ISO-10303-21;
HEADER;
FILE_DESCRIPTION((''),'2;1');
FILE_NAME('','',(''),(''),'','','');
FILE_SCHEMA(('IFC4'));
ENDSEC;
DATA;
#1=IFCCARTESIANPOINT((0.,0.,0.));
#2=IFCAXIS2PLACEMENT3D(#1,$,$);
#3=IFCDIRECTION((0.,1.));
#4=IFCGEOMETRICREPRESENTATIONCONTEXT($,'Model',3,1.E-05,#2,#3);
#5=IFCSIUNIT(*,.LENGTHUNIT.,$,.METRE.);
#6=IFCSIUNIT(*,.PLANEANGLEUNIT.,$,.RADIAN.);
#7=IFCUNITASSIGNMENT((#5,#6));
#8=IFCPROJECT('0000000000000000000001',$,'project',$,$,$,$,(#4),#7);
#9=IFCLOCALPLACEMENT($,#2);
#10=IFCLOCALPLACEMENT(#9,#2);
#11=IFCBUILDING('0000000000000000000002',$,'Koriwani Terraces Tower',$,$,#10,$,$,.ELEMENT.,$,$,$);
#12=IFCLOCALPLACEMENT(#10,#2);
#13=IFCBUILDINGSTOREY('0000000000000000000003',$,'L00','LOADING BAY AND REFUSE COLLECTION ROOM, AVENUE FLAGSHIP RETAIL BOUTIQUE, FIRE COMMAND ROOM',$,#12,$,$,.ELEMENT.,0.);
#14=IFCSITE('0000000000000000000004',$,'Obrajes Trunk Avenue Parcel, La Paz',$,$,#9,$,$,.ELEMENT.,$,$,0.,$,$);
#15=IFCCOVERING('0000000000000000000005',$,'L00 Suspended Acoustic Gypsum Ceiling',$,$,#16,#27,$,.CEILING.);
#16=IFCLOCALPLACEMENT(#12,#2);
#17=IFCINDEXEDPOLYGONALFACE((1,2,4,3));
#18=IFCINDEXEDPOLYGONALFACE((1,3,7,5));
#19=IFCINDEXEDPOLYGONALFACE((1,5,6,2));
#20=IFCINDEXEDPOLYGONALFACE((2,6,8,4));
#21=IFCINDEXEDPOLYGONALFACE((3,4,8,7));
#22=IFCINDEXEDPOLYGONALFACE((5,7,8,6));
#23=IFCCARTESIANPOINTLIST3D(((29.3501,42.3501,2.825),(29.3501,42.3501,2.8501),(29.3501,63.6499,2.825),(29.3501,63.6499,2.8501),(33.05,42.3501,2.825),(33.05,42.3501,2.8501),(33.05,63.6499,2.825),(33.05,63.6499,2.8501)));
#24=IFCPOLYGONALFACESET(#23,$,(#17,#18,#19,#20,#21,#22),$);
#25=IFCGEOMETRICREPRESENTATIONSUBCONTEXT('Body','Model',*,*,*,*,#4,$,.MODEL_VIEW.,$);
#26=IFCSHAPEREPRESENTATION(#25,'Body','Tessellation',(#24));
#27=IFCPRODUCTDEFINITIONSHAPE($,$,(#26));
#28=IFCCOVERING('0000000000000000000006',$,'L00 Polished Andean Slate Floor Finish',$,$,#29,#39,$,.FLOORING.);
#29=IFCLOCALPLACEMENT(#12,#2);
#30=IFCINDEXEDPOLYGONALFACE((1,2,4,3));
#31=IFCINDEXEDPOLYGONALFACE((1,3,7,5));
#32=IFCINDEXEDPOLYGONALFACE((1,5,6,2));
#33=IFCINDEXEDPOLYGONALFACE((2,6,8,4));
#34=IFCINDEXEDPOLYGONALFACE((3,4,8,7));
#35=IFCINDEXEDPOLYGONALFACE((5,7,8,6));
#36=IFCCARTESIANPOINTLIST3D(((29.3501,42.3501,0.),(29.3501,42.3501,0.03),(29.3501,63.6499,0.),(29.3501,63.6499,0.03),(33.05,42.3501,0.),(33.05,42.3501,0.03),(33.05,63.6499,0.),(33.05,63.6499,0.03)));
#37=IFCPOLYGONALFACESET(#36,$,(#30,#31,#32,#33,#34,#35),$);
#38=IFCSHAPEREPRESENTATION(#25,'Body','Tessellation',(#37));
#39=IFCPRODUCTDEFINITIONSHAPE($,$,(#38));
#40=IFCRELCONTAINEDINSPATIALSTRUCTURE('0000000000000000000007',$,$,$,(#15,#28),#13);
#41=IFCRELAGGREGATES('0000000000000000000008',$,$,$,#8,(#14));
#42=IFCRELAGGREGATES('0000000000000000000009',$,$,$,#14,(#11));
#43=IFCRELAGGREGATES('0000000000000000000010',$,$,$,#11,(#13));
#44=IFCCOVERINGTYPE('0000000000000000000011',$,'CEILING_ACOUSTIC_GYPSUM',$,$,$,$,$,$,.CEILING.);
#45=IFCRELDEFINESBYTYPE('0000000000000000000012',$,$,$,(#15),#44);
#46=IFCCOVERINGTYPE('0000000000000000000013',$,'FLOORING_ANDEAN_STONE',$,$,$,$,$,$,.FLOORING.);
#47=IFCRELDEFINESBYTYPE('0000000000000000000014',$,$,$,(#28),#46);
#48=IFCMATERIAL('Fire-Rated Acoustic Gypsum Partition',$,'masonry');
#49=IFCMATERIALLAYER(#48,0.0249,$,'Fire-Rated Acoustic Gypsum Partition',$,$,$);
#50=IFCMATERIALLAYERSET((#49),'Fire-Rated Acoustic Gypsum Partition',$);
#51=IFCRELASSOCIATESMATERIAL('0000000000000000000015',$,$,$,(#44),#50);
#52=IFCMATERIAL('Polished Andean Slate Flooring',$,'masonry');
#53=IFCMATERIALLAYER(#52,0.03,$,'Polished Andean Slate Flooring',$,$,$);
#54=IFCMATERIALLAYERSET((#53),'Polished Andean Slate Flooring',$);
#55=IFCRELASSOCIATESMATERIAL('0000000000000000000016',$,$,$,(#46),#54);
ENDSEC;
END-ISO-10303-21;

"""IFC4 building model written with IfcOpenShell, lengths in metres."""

from ifc_helpers import new_model, si_unit, direction, frame, origin, place, context, subcontext, project, spatial, polyline, outline, extrude, material, layer, layer_set, type_object, element, save


model = new_model("IFC4")

# Units and contexts
model_context = context("Model", 3, precision=1e-05, world=origin(), true_north=direction((0.0, 1.0)))
body_context = subcontext(model_context, "Body", "Model", "MODEL_VIEW")
ifc_project = project(units=[si_unit("LENGTHUNIT", "METRE"), si_unit("PLANEANGLEUNIT", "RADIAN")], contexts=[model_context])

# Site, building, storey
site_placement = place(None, origin())
site = spatial("IfcSite", under=ifc_project, at=site_placement, Name="Obrajes Trunk Avenue Parcel, La Paz", CompositionType="ELEMENT", RefElevation=0.0)
building_placement = place(site_placement, origin())
building = spatial("IfcBuilding", under=site, at=building_placement, Name="Koriwani Terraces Tower", CompositionType="ELEMENT")
storey_placement = place(building_placement, origin())
storey = spatial("IfcBuildingStorey", under=building, at=storey_placement, Name="L00", Description="LOADING BAY AND REFUSE COLLECTION ROOM, AVENUE FLAGSHIP RETAIL BOUTIQUE, FIRE COMMAND ROOM", CompositionType="ELEMENT", Elevation=0.0)

# Coverings
ifc_material_1 = material(Name="Fire-Rated Acoustic Gypsum Partition", Category="masonry")
ifc_layer_1 = layer(ifc_material_1, 0.0249, Name="Fire-Rated Acoustic Gypsum Partition")
ifc_layer_set_1 = layer_set([ifc_layer_1], Name="Fire-Rated Acoustic Gypsum Partition")
covering_type_1 = type_object("IfcCoveringType", Name="CEILING_ACOUSTIC_GYPSUM", PredefinedType="CEILING", material=ifc_layer_set_1)
covering_1_placement = place(storey_placement, frame((0.0, 0.0, 2.825)))
element("IfcCovering", 1, at=covering_1_placement, inside=storey, type_object=covering_type_1, Name="L00 Suspended Acoustic Gypsum Ceiling", PredefinedType="CEILING", context=body_context, shape_type="SweptSolid", body=[
    extrude(outline(polyline([(29.3501, 42.3501), (29.3501, 63.6499), (33.05, 63.6499), (33.05, 42.3501), (29.3501, 42.3501)])), origin(), (0.0, 0.0, 1.0), 0.0251),
])
ifc_material_2 = material(Name="Polished Andean Slate Flooring", Category="masonry")
ifc_layer_2 = layer(ifc_material_2, 0.03, Name="Polished Andean Slate Flooring")
ifc_layer_set_2 = layer_set([ifc_layer_2], Name="Polished Andean Slate Flooring")
covering_type_2 = type_object("IfcCoveringType", Name="FLOORING_ANDEAN_STONE", PredefinedType="FLOORING", material=ifc_layer_set_2)
covering_2_placement = place(storey_placement, origin())
element("IfcCovering", 2, at=covering_2_placement, inside=storey, type_object=covering_type_2, Name="L00 Polished Andean Slate Floor Finish", PredefinedType="FLOORING", context=body_context, shape_type="SweptSolid", body=[
    extrude(outline(polyline([(29.3501, 42.3501), (29.3501, 63.6499), (33.05, 63.6499), (33.05, 42.3501), (29.3501, 42.3501)])), origin(), (0.0, 0.0, 1.0), 0.03),
])

save(model, "model.ifc")
